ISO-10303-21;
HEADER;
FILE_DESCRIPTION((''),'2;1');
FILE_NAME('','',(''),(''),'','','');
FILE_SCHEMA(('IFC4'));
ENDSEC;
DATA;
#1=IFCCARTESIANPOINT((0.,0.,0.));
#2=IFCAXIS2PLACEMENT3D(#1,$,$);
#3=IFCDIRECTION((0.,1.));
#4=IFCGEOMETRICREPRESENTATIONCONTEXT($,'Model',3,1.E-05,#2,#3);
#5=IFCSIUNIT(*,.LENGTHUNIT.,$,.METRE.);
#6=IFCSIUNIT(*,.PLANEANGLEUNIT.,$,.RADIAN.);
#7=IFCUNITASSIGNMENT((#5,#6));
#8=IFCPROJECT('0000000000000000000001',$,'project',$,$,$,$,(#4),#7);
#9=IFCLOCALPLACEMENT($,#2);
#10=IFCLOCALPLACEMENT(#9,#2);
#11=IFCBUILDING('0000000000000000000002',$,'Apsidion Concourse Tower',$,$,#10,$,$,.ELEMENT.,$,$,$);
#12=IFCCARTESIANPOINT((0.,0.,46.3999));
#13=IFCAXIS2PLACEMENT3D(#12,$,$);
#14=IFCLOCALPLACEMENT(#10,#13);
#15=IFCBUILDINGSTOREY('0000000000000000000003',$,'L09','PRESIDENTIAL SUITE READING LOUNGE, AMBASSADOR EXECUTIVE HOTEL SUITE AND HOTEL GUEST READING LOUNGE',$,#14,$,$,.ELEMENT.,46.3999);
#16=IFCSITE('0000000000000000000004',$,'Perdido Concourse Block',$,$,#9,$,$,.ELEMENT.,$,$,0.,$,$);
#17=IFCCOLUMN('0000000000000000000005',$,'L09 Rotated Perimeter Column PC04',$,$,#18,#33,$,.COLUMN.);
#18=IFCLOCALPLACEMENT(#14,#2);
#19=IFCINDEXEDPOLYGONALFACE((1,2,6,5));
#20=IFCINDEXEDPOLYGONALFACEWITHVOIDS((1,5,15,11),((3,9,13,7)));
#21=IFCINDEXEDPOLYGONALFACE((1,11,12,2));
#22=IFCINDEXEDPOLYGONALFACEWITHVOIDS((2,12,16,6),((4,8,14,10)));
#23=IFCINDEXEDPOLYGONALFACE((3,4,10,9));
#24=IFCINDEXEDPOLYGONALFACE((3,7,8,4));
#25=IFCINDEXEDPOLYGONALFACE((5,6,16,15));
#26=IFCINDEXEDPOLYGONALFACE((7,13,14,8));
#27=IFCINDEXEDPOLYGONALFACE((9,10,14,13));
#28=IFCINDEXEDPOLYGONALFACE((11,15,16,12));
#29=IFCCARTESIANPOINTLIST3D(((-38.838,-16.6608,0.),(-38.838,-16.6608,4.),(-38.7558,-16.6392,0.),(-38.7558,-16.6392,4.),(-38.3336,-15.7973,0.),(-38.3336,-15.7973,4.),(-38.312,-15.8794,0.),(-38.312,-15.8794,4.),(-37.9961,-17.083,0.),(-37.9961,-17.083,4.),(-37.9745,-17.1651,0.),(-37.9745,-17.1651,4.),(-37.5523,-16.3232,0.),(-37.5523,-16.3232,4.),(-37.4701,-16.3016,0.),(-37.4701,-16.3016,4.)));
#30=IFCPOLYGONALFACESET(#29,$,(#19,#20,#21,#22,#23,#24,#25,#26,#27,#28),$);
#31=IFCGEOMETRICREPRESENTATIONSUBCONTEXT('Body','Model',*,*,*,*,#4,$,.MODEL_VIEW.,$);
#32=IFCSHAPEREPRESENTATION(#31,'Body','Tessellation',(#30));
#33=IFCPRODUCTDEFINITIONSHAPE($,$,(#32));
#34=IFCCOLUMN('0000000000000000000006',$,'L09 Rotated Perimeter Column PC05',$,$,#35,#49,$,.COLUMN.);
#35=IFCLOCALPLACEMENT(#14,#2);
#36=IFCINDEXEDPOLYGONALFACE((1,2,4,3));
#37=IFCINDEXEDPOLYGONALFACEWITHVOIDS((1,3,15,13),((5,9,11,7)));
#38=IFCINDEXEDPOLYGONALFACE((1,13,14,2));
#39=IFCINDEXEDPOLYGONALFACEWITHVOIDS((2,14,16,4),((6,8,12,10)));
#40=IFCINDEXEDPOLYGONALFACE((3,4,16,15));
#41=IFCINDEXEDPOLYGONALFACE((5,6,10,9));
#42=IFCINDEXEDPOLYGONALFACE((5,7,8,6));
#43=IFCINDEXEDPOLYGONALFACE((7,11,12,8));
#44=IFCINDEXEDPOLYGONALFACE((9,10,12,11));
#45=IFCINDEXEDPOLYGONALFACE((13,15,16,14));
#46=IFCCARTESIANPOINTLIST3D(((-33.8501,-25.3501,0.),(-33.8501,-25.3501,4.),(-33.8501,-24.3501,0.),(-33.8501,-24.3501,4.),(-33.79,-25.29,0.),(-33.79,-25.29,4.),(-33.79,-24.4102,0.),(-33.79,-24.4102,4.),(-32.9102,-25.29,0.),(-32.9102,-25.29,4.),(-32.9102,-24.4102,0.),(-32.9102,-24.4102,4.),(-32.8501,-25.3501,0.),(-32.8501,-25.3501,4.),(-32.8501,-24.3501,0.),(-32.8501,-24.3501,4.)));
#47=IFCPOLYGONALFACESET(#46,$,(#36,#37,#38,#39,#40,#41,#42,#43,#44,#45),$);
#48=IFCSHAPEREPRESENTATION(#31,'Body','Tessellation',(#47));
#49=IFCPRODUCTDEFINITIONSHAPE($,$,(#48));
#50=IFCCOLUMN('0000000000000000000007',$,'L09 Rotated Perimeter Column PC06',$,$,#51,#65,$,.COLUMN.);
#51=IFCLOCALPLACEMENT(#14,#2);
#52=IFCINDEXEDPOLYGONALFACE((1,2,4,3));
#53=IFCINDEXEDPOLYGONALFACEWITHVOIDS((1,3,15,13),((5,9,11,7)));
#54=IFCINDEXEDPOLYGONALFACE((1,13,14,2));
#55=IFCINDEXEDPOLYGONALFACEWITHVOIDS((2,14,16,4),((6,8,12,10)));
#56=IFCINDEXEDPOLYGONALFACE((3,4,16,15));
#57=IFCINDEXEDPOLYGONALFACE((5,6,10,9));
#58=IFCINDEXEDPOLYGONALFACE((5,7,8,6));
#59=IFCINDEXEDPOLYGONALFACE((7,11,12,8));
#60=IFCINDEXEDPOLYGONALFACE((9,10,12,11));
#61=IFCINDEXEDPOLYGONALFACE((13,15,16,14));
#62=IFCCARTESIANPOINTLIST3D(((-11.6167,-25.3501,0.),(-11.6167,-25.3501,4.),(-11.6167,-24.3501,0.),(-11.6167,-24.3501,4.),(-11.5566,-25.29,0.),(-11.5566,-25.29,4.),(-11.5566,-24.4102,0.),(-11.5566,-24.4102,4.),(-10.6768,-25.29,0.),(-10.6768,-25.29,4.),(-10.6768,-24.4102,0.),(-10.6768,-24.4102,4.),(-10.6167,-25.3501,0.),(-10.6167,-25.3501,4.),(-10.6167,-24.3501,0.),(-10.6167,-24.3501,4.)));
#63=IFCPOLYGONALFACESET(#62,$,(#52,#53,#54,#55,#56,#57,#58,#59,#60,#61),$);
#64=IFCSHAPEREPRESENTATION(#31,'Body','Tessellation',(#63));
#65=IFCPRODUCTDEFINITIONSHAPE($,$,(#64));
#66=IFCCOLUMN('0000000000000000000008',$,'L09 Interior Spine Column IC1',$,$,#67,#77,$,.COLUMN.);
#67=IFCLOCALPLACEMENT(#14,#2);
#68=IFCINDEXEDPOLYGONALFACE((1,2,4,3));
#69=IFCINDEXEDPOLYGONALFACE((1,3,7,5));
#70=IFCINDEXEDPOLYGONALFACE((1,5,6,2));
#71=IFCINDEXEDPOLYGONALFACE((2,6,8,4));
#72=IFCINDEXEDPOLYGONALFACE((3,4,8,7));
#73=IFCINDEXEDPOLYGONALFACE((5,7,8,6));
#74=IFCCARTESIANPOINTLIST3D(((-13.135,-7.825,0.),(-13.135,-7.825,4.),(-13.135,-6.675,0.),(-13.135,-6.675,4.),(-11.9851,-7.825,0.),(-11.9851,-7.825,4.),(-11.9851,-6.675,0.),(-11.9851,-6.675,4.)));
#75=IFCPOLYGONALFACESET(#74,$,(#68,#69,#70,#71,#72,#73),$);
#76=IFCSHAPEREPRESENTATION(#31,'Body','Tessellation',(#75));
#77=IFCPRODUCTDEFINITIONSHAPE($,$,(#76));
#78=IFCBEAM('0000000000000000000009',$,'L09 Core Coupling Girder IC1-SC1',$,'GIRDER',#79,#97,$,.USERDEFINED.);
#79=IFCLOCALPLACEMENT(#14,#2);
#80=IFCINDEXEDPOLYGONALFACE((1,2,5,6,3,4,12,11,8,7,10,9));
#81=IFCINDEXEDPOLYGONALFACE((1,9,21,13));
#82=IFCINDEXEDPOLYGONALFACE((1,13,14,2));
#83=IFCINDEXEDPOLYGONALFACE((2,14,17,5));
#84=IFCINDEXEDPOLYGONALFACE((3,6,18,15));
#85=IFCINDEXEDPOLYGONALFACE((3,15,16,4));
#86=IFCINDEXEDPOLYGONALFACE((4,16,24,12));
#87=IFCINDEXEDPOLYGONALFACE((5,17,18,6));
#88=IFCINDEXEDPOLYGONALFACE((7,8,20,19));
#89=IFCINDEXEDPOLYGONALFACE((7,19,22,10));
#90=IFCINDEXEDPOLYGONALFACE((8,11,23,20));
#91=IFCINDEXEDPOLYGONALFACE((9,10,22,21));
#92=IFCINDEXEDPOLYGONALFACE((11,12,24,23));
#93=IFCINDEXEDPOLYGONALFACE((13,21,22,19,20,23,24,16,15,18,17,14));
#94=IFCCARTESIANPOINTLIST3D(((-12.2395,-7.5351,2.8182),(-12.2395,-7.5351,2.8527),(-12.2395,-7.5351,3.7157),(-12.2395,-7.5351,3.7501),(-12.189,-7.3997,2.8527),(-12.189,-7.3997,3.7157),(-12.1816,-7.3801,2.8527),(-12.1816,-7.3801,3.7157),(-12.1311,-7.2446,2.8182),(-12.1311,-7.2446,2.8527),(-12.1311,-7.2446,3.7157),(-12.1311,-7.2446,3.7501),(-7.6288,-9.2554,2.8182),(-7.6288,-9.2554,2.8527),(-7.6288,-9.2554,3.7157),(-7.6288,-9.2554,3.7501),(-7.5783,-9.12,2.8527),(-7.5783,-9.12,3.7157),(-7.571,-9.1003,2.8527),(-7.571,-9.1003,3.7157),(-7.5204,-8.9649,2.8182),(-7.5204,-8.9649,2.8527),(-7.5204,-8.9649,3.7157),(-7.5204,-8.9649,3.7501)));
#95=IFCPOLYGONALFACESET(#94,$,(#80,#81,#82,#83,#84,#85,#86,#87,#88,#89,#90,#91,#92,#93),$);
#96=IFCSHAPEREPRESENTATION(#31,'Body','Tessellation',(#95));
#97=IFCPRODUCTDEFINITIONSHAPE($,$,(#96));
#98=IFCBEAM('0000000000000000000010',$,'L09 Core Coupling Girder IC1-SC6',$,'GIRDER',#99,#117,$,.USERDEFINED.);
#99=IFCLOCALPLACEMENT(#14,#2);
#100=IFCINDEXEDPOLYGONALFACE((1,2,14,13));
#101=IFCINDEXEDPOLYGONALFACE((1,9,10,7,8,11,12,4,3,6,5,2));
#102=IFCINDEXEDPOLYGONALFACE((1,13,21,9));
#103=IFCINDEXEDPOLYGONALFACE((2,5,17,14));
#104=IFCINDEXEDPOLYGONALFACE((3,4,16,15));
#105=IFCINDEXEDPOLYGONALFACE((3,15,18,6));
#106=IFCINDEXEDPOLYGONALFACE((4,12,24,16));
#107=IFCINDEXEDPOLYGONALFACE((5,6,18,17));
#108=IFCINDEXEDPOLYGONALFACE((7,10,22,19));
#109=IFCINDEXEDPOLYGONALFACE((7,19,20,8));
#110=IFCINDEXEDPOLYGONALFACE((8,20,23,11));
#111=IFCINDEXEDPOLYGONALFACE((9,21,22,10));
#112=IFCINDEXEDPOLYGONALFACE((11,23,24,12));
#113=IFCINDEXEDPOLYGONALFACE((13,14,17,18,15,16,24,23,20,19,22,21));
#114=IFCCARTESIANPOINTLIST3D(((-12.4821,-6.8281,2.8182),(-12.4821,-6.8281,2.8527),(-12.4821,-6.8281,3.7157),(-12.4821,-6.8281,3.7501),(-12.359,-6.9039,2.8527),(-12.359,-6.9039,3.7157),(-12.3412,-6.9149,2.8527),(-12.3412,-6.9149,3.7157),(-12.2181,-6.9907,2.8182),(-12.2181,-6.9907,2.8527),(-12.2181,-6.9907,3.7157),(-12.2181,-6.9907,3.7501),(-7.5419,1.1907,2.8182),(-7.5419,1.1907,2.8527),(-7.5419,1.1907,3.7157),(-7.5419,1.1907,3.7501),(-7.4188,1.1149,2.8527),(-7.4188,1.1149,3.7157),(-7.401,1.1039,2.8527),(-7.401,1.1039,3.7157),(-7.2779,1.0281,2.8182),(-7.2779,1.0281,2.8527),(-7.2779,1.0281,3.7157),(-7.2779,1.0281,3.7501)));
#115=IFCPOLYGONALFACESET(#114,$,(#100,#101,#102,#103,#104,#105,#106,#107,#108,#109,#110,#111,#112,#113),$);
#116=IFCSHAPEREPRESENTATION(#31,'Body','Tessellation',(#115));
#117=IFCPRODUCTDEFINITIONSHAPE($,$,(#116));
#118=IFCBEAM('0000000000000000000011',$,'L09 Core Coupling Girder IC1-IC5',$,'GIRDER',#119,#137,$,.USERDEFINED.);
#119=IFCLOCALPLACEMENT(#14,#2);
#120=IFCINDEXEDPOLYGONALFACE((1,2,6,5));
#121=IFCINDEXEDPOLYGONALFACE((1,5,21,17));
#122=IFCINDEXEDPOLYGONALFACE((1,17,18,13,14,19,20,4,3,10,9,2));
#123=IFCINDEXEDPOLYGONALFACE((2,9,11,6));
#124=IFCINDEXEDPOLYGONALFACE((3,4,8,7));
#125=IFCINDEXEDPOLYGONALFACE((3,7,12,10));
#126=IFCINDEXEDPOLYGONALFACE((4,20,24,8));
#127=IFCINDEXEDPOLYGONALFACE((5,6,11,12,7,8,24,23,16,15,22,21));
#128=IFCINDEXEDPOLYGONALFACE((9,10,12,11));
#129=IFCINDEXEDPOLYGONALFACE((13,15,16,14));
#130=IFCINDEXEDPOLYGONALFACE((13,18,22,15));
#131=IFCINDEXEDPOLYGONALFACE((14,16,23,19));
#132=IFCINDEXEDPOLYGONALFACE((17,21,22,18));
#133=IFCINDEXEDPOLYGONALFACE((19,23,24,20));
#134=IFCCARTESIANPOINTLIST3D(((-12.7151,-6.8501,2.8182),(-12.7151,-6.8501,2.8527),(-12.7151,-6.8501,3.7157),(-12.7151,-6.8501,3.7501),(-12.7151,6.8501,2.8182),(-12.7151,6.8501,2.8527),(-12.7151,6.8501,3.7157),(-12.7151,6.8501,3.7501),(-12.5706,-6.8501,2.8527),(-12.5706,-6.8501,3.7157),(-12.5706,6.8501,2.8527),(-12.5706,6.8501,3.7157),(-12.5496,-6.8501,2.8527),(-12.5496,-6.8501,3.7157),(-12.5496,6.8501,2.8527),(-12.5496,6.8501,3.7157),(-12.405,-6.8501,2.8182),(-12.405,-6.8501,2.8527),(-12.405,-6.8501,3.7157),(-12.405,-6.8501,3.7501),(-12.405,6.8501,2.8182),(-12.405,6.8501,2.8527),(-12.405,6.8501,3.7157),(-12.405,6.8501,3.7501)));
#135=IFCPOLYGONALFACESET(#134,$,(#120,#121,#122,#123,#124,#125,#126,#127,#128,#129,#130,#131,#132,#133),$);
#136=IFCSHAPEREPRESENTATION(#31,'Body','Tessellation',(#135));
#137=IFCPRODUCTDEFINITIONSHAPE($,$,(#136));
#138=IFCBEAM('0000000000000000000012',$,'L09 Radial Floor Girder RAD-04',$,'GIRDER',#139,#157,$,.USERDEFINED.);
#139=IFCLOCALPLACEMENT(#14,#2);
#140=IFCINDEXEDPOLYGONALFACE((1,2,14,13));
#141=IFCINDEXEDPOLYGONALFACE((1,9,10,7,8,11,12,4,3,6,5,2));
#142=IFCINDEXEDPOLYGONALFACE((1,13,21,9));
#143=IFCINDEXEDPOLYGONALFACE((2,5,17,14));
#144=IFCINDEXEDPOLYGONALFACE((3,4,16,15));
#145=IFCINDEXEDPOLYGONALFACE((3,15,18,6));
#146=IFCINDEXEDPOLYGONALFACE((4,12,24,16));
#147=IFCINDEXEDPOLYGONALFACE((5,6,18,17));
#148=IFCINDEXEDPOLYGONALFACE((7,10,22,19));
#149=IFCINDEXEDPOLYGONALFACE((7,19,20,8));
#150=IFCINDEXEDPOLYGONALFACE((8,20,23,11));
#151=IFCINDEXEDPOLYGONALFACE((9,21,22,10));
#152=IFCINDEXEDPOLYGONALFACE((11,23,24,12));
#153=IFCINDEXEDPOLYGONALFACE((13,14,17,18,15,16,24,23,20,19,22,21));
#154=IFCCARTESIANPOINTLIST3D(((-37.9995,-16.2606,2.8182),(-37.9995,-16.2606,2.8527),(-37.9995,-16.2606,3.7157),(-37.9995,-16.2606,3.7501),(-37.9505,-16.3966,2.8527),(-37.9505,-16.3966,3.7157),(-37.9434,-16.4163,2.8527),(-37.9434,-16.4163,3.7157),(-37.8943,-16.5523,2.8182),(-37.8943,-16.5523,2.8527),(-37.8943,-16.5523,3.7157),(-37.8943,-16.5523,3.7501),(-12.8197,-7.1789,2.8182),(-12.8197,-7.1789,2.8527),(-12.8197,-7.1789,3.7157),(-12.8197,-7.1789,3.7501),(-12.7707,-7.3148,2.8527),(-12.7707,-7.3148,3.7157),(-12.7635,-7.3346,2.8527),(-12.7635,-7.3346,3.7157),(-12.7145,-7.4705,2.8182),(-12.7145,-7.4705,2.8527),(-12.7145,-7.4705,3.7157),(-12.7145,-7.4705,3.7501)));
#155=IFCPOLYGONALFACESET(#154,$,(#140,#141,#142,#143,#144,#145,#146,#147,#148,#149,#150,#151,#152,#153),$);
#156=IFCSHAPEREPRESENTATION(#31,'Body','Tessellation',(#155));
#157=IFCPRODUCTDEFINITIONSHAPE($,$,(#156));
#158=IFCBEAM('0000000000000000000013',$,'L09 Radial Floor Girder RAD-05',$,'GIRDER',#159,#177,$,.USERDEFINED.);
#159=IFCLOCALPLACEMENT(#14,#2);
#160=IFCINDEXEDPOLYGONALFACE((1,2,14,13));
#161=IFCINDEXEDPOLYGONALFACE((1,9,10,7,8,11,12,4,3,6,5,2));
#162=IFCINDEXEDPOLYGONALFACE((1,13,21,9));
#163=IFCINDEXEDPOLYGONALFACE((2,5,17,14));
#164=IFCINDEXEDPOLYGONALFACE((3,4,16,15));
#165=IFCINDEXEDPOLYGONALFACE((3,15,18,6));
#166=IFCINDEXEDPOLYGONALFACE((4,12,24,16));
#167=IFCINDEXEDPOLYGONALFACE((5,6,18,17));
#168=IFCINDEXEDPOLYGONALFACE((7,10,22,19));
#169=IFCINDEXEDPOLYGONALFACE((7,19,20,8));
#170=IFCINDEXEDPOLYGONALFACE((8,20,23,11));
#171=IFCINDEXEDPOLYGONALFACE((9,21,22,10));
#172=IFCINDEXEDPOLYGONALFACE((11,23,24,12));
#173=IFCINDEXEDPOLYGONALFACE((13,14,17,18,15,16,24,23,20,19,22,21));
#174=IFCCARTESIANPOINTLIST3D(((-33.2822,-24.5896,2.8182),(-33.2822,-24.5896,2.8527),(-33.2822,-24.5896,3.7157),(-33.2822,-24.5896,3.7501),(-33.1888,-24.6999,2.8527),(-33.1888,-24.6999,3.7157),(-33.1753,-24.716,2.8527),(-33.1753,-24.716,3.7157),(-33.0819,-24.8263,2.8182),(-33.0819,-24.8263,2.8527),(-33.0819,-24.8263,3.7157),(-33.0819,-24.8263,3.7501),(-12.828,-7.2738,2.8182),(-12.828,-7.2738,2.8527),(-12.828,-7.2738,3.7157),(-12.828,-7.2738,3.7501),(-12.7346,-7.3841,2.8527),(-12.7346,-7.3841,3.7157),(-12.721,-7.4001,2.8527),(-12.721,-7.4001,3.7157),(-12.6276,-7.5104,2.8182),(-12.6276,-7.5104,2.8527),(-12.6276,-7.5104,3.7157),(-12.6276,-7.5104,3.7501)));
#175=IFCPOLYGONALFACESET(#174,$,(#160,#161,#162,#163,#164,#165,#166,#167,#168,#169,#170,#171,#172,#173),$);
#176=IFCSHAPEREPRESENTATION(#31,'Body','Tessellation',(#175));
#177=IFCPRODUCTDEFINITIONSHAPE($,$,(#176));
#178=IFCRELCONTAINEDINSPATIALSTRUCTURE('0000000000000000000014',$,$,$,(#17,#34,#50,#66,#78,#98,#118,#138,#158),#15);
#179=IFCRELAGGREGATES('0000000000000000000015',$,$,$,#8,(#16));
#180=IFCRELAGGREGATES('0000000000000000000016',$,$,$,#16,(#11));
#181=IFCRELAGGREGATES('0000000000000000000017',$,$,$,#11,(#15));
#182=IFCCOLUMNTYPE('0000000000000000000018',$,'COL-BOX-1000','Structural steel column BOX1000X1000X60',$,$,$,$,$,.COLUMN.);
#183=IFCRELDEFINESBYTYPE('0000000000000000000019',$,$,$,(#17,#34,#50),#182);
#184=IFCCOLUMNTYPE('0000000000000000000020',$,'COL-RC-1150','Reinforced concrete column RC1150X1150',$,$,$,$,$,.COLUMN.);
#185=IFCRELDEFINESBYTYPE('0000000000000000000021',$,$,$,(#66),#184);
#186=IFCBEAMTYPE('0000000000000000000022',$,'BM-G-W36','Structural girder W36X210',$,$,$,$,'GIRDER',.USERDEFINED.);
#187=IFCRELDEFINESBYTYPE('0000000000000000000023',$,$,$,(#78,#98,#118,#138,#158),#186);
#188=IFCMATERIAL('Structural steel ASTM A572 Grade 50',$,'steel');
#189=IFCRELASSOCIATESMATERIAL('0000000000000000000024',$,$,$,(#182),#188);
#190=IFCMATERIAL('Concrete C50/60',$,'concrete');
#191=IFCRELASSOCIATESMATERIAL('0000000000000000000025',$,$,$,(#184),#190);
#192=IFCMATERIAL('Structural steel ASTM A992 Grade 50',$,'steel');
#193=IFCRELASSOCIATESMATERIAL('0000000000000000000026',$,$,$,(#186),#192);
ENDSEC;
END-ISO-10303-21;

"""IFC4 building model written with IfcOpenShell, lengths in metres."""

from ifc_helpers import new_model, si_unit, direction, frame, origin, origin_2d, place, context, subcontext, project, spatial, rectangle, hollow_rectangle, i_section, extrude, material, material_profile, profile_set, type_object, element, save


model = new_model("IFC4")

# Units and contexts
model_context = context("Model", 3, precision=1e-05, world=origin(), true_north=direction((0.0, 1.0)))
body_context = subcontext(model_context, "Body", "Model", "MODEL_VIEW")
ifc_project = project(units=[si_unit("LENGTHUNIT", "METRE"), si_unit("PLANEANGLEUNIT", "RADIAN")], contexts=[model_context])

# Site, building, storey
site_placement = place(None, origin())
site = spatial("IfcSite", under=ifc_project, at=site_placement, Name="Perdido Concourse Block", CompositionType="ELEMENT", RefElevation=0.0)
building_placement = place(site_placement, origin())
building = spatial("IfcBuilding", under=site, at=building_placement, Name="Apsidion Concourse Tower", CompositionType="ELEMENT")
storey_placement = place(building_placement, frame((0.0, 0.0, 46.3999)))
storey = spatial("IfcBuildingStorey", under=building, at=storey_placement, Name="L09", Description="PRESIDENTIAL SUITE READING LOUNGE, AMBASSADOR EXECUTIVE HOTEL SUITE AND HOTEL GUEST READING LOUNGE", CompositionType="ELEMENT", Elevation=46.3999)

# Columns
ifc_material_1 = material(Name="Structural steel ASTM A572 Grade 50", Category="steel")
ifc_material_profile_1 = material_profile(ifc_material_1, hollow_rectangle(XDim=1.0, YDim=1.0, WallThickness=0.0601, at=origin_2d()), Name="BOX1000X1000X60")
ifc_profile_set_1 = profile_set([ifc_material_profile_1], Name="Structural steel ASTM A572 Grade 50")
column_type_1 = type_object("IfcColumnType", Name="COL-BOX-1000", Description="Structural steel column BOX1000X1000X60", PredefinedType="COLUMN", material=ifc_profile_set_1)
for number, where, z_axis, x_axis, name in (
    (1, (-38.1541, -16.4812, 0.0), (0.0, 0.0, 1.0), (0.504377, 0.863484, 0.0), "L09 Rotated Perimeter Column PC04"),
    (2, (-33.3501, -24.8501, 0.0), (0.0, 0.0, 1.0), (1.0, 0.0, 0.0), "L09 Rotated Perimeter Column PC05"),
    (3, (-11.1167, -24.8501, 0.0), (0.0, 0.0, 1.0), (1.0, 0.0, 0.0), "L09 Rotated Perimeter Column PC06"),
):
    element("IfcColumn", number, at=place(storey_placement, frame(where, z_axis=z_axis, x_axis=x_axis)), inside=storey, type_object=column_type_1, Name=name, PredefinedType="COLUMN", context=body_context, shape_type="SweptSolid", body=[
        extrude(hollow_rectangle(XDim=1.0, YDim=1.0, WallThickness=0.0601, at=origin_2d()), origin(), (0.0, 0.0, 1.0), 4.0),
    ])
ifc_material_2 = material(Name="Concrete C50/60", Category="concrete")
ifc_material_profile_2 = material_profile(ifc_material_2, rectangle(XDim=1.1499, YDim=1.1499, at=origin_2d()), Name="RC 1150x1150")
ifc_profile_set_2 = profile_set([ifc_material_profile_2], Name="Concrete C50/60")
column_type_2 = type_object("IfcColumnType", Name="COL-RC-1150", Description="Reinforced concrete column RC1150X1150", PredefinedType="COLUMN", material=ifc_profile_set_2)
column_placement = place(storey_placement, frame((-12.5601, -7.25, 0.0), z_axis=(0.0, 0.0, 1.0), x_axis=(1.0, 0.0, 0.0)))
element("IfcColumn", 4, at=column_placement, inside=storey, type_object=column_type_2, Name="L09 Interior Spine Column IC1", PredefinedType="COLUMN", context=body_context, shape_type="SweptSolid", body=[
    extrude(rectangle(XDim=1.1499, YDim=1.1499, at=origin_2d()), origin(), (0.0, 0.0, 1.0), 4.0),
])

# Beams
ifc_material_3 = material(Name="Structural steel ASTM A992 Grade 50", Category="steel")
ifc_material_profile_3 = material_profile(ifc_material_3, i_section(OverallWidth=0.3101, OverallDepth=0.9319, WebThickness=0.021, FlangeThickness=0.0344, at=origin_2d()), Name="W36X210")
ifc_profile_set_3 = profile_set([ifc_material_profile_3], Name="Structural steel ASTM A992 Grade 50")
beam_type_1 = type_object("IfcBeamType", Name="BM-G-W36", Description="Structural girder W36X210", ElementType="GIRDER", PredefinedType="USERDEFINED", material=ifc_profile_set_3)
beam_1_placement = place(storey_placement, frame((-12.1853, -7.3899, 3.2842), z_axis=(0.936913, -0.349563, 0.0), x_axis=(0.349563, 0.936913, 0.0)))
element("IfcBeam", 5, at=beam_1_placement, inside=storey, type_object=beam_type_1, Name="L09 Core Coupling Girder IC1-SC1", ObjectType="GIRDER", PredefinedType="USERDEFINED", context=body_context, shape_type="SweptSolid", body=[
    extrude(i_section(OverallWidth=0.3101, OverallDepth=0.9319, WebThickness=0.021, FlangeThickness=0.0344, at=origin_2d()), origin(), (0.0, 0.0, 1.0), 4.9211),
])
beam_2_placement = place(storey_placement, frame((-12.3501, -6.9094, 3.2842), z_axis=(0.524524, 0.851396, 0.0), x_axis=(-0.851396, 0.524524, 0.0)))
element("IfcBeam", 6, at=beam_2_placement, inside=storey, type_object=beam_type_1, Name="L09 Core Coupling Girder IC1-SC6", ObjectType="GIRDER", PredefinedType="USERDEFINED", context=body_context, shape_type="SweptSolid", body=[
    extrude(i_section(OverallWidth=0.3101, OverallDepth=0.9319, WebThickness=0.021, FlangeThickness=0.0344, at=origin_2d()), origin(), (0.0, 0.0, 1.0), 9.4185),
])
beam_3_placement = place(storey_placement, frame((-12.5601, -6.8501, 3.2842), z_axis=(0.0, 1.0, 0.0), x_axis=(-1.0, 0.0, 0.0)))
element("IfcBeam", 7, at=beam_3_placement, inside=storey, type_object=beam_type_1, Name="L09 Core Coupling Girder IC1-IC5", ObjectType="GIRDER", PredefinedType="USERDEFINED", context=body_context, shape_type="SweptSolid", body=[
    extrude(i_section(OverallWidth=0.3101, OverallDepth=0.9319, WebThickness=0.021, FlangeThickness=0.0344, at=origin_2d()), origin(), (0.0, 0.0, 1.0), 13.7002),
])
beam_4_placement = place(storey_placement, frame((-12.7671, -7.3247, 3.2842), z_axis=(-0.940685, -0.339282, 0.0), x_axis=(0.339282, -0.940685, 0.0)))
element("IfcBeam", 8, at=beam_4_placement, inside=storey, type_object=beam_type_1, Name="L09 Radial Floor Girder RAD-04", ObjectType="GIRDER", PredefinedType="USERDEFINED", context=body_context, shape_type="SweptSolid", body=[
    extrude(i_section(OverallWidth=0.3101, OverallDepth=0.9319, WebThickness=0.021, FlangeThickness=0.0344, at=origin_2d()), origin(), (0.0, 0.0, 1.0), 26.7676),
])
beam_5_placement = place(storey_placement, frame((-12.7278, -7.3921, 3.2842), z_axis=(-0.763232, -0.646125, 0.0), x_axis=(0.646125, -0.763232, 0.0)))
element("IfcBeam", 9, at=beam_5_placement, inside=storey, type_object=beam_type_1, Name="L09 Radial Floor Girder RAD-05", ObjectType="GIRDER", PredefinedType="USERDEFINED", context=body_context, shape_type="SweptSolid", body=[
    extrude(i_section(OverallWidth=0.3101, OverallDepth=0.9319, WebThickness=0.021, FlangeThickness=0.0344, at=origin_2d()), origin(), (0.0, 0.0, 1.0), 26.7996),
])

save(model, "model.ifc")
